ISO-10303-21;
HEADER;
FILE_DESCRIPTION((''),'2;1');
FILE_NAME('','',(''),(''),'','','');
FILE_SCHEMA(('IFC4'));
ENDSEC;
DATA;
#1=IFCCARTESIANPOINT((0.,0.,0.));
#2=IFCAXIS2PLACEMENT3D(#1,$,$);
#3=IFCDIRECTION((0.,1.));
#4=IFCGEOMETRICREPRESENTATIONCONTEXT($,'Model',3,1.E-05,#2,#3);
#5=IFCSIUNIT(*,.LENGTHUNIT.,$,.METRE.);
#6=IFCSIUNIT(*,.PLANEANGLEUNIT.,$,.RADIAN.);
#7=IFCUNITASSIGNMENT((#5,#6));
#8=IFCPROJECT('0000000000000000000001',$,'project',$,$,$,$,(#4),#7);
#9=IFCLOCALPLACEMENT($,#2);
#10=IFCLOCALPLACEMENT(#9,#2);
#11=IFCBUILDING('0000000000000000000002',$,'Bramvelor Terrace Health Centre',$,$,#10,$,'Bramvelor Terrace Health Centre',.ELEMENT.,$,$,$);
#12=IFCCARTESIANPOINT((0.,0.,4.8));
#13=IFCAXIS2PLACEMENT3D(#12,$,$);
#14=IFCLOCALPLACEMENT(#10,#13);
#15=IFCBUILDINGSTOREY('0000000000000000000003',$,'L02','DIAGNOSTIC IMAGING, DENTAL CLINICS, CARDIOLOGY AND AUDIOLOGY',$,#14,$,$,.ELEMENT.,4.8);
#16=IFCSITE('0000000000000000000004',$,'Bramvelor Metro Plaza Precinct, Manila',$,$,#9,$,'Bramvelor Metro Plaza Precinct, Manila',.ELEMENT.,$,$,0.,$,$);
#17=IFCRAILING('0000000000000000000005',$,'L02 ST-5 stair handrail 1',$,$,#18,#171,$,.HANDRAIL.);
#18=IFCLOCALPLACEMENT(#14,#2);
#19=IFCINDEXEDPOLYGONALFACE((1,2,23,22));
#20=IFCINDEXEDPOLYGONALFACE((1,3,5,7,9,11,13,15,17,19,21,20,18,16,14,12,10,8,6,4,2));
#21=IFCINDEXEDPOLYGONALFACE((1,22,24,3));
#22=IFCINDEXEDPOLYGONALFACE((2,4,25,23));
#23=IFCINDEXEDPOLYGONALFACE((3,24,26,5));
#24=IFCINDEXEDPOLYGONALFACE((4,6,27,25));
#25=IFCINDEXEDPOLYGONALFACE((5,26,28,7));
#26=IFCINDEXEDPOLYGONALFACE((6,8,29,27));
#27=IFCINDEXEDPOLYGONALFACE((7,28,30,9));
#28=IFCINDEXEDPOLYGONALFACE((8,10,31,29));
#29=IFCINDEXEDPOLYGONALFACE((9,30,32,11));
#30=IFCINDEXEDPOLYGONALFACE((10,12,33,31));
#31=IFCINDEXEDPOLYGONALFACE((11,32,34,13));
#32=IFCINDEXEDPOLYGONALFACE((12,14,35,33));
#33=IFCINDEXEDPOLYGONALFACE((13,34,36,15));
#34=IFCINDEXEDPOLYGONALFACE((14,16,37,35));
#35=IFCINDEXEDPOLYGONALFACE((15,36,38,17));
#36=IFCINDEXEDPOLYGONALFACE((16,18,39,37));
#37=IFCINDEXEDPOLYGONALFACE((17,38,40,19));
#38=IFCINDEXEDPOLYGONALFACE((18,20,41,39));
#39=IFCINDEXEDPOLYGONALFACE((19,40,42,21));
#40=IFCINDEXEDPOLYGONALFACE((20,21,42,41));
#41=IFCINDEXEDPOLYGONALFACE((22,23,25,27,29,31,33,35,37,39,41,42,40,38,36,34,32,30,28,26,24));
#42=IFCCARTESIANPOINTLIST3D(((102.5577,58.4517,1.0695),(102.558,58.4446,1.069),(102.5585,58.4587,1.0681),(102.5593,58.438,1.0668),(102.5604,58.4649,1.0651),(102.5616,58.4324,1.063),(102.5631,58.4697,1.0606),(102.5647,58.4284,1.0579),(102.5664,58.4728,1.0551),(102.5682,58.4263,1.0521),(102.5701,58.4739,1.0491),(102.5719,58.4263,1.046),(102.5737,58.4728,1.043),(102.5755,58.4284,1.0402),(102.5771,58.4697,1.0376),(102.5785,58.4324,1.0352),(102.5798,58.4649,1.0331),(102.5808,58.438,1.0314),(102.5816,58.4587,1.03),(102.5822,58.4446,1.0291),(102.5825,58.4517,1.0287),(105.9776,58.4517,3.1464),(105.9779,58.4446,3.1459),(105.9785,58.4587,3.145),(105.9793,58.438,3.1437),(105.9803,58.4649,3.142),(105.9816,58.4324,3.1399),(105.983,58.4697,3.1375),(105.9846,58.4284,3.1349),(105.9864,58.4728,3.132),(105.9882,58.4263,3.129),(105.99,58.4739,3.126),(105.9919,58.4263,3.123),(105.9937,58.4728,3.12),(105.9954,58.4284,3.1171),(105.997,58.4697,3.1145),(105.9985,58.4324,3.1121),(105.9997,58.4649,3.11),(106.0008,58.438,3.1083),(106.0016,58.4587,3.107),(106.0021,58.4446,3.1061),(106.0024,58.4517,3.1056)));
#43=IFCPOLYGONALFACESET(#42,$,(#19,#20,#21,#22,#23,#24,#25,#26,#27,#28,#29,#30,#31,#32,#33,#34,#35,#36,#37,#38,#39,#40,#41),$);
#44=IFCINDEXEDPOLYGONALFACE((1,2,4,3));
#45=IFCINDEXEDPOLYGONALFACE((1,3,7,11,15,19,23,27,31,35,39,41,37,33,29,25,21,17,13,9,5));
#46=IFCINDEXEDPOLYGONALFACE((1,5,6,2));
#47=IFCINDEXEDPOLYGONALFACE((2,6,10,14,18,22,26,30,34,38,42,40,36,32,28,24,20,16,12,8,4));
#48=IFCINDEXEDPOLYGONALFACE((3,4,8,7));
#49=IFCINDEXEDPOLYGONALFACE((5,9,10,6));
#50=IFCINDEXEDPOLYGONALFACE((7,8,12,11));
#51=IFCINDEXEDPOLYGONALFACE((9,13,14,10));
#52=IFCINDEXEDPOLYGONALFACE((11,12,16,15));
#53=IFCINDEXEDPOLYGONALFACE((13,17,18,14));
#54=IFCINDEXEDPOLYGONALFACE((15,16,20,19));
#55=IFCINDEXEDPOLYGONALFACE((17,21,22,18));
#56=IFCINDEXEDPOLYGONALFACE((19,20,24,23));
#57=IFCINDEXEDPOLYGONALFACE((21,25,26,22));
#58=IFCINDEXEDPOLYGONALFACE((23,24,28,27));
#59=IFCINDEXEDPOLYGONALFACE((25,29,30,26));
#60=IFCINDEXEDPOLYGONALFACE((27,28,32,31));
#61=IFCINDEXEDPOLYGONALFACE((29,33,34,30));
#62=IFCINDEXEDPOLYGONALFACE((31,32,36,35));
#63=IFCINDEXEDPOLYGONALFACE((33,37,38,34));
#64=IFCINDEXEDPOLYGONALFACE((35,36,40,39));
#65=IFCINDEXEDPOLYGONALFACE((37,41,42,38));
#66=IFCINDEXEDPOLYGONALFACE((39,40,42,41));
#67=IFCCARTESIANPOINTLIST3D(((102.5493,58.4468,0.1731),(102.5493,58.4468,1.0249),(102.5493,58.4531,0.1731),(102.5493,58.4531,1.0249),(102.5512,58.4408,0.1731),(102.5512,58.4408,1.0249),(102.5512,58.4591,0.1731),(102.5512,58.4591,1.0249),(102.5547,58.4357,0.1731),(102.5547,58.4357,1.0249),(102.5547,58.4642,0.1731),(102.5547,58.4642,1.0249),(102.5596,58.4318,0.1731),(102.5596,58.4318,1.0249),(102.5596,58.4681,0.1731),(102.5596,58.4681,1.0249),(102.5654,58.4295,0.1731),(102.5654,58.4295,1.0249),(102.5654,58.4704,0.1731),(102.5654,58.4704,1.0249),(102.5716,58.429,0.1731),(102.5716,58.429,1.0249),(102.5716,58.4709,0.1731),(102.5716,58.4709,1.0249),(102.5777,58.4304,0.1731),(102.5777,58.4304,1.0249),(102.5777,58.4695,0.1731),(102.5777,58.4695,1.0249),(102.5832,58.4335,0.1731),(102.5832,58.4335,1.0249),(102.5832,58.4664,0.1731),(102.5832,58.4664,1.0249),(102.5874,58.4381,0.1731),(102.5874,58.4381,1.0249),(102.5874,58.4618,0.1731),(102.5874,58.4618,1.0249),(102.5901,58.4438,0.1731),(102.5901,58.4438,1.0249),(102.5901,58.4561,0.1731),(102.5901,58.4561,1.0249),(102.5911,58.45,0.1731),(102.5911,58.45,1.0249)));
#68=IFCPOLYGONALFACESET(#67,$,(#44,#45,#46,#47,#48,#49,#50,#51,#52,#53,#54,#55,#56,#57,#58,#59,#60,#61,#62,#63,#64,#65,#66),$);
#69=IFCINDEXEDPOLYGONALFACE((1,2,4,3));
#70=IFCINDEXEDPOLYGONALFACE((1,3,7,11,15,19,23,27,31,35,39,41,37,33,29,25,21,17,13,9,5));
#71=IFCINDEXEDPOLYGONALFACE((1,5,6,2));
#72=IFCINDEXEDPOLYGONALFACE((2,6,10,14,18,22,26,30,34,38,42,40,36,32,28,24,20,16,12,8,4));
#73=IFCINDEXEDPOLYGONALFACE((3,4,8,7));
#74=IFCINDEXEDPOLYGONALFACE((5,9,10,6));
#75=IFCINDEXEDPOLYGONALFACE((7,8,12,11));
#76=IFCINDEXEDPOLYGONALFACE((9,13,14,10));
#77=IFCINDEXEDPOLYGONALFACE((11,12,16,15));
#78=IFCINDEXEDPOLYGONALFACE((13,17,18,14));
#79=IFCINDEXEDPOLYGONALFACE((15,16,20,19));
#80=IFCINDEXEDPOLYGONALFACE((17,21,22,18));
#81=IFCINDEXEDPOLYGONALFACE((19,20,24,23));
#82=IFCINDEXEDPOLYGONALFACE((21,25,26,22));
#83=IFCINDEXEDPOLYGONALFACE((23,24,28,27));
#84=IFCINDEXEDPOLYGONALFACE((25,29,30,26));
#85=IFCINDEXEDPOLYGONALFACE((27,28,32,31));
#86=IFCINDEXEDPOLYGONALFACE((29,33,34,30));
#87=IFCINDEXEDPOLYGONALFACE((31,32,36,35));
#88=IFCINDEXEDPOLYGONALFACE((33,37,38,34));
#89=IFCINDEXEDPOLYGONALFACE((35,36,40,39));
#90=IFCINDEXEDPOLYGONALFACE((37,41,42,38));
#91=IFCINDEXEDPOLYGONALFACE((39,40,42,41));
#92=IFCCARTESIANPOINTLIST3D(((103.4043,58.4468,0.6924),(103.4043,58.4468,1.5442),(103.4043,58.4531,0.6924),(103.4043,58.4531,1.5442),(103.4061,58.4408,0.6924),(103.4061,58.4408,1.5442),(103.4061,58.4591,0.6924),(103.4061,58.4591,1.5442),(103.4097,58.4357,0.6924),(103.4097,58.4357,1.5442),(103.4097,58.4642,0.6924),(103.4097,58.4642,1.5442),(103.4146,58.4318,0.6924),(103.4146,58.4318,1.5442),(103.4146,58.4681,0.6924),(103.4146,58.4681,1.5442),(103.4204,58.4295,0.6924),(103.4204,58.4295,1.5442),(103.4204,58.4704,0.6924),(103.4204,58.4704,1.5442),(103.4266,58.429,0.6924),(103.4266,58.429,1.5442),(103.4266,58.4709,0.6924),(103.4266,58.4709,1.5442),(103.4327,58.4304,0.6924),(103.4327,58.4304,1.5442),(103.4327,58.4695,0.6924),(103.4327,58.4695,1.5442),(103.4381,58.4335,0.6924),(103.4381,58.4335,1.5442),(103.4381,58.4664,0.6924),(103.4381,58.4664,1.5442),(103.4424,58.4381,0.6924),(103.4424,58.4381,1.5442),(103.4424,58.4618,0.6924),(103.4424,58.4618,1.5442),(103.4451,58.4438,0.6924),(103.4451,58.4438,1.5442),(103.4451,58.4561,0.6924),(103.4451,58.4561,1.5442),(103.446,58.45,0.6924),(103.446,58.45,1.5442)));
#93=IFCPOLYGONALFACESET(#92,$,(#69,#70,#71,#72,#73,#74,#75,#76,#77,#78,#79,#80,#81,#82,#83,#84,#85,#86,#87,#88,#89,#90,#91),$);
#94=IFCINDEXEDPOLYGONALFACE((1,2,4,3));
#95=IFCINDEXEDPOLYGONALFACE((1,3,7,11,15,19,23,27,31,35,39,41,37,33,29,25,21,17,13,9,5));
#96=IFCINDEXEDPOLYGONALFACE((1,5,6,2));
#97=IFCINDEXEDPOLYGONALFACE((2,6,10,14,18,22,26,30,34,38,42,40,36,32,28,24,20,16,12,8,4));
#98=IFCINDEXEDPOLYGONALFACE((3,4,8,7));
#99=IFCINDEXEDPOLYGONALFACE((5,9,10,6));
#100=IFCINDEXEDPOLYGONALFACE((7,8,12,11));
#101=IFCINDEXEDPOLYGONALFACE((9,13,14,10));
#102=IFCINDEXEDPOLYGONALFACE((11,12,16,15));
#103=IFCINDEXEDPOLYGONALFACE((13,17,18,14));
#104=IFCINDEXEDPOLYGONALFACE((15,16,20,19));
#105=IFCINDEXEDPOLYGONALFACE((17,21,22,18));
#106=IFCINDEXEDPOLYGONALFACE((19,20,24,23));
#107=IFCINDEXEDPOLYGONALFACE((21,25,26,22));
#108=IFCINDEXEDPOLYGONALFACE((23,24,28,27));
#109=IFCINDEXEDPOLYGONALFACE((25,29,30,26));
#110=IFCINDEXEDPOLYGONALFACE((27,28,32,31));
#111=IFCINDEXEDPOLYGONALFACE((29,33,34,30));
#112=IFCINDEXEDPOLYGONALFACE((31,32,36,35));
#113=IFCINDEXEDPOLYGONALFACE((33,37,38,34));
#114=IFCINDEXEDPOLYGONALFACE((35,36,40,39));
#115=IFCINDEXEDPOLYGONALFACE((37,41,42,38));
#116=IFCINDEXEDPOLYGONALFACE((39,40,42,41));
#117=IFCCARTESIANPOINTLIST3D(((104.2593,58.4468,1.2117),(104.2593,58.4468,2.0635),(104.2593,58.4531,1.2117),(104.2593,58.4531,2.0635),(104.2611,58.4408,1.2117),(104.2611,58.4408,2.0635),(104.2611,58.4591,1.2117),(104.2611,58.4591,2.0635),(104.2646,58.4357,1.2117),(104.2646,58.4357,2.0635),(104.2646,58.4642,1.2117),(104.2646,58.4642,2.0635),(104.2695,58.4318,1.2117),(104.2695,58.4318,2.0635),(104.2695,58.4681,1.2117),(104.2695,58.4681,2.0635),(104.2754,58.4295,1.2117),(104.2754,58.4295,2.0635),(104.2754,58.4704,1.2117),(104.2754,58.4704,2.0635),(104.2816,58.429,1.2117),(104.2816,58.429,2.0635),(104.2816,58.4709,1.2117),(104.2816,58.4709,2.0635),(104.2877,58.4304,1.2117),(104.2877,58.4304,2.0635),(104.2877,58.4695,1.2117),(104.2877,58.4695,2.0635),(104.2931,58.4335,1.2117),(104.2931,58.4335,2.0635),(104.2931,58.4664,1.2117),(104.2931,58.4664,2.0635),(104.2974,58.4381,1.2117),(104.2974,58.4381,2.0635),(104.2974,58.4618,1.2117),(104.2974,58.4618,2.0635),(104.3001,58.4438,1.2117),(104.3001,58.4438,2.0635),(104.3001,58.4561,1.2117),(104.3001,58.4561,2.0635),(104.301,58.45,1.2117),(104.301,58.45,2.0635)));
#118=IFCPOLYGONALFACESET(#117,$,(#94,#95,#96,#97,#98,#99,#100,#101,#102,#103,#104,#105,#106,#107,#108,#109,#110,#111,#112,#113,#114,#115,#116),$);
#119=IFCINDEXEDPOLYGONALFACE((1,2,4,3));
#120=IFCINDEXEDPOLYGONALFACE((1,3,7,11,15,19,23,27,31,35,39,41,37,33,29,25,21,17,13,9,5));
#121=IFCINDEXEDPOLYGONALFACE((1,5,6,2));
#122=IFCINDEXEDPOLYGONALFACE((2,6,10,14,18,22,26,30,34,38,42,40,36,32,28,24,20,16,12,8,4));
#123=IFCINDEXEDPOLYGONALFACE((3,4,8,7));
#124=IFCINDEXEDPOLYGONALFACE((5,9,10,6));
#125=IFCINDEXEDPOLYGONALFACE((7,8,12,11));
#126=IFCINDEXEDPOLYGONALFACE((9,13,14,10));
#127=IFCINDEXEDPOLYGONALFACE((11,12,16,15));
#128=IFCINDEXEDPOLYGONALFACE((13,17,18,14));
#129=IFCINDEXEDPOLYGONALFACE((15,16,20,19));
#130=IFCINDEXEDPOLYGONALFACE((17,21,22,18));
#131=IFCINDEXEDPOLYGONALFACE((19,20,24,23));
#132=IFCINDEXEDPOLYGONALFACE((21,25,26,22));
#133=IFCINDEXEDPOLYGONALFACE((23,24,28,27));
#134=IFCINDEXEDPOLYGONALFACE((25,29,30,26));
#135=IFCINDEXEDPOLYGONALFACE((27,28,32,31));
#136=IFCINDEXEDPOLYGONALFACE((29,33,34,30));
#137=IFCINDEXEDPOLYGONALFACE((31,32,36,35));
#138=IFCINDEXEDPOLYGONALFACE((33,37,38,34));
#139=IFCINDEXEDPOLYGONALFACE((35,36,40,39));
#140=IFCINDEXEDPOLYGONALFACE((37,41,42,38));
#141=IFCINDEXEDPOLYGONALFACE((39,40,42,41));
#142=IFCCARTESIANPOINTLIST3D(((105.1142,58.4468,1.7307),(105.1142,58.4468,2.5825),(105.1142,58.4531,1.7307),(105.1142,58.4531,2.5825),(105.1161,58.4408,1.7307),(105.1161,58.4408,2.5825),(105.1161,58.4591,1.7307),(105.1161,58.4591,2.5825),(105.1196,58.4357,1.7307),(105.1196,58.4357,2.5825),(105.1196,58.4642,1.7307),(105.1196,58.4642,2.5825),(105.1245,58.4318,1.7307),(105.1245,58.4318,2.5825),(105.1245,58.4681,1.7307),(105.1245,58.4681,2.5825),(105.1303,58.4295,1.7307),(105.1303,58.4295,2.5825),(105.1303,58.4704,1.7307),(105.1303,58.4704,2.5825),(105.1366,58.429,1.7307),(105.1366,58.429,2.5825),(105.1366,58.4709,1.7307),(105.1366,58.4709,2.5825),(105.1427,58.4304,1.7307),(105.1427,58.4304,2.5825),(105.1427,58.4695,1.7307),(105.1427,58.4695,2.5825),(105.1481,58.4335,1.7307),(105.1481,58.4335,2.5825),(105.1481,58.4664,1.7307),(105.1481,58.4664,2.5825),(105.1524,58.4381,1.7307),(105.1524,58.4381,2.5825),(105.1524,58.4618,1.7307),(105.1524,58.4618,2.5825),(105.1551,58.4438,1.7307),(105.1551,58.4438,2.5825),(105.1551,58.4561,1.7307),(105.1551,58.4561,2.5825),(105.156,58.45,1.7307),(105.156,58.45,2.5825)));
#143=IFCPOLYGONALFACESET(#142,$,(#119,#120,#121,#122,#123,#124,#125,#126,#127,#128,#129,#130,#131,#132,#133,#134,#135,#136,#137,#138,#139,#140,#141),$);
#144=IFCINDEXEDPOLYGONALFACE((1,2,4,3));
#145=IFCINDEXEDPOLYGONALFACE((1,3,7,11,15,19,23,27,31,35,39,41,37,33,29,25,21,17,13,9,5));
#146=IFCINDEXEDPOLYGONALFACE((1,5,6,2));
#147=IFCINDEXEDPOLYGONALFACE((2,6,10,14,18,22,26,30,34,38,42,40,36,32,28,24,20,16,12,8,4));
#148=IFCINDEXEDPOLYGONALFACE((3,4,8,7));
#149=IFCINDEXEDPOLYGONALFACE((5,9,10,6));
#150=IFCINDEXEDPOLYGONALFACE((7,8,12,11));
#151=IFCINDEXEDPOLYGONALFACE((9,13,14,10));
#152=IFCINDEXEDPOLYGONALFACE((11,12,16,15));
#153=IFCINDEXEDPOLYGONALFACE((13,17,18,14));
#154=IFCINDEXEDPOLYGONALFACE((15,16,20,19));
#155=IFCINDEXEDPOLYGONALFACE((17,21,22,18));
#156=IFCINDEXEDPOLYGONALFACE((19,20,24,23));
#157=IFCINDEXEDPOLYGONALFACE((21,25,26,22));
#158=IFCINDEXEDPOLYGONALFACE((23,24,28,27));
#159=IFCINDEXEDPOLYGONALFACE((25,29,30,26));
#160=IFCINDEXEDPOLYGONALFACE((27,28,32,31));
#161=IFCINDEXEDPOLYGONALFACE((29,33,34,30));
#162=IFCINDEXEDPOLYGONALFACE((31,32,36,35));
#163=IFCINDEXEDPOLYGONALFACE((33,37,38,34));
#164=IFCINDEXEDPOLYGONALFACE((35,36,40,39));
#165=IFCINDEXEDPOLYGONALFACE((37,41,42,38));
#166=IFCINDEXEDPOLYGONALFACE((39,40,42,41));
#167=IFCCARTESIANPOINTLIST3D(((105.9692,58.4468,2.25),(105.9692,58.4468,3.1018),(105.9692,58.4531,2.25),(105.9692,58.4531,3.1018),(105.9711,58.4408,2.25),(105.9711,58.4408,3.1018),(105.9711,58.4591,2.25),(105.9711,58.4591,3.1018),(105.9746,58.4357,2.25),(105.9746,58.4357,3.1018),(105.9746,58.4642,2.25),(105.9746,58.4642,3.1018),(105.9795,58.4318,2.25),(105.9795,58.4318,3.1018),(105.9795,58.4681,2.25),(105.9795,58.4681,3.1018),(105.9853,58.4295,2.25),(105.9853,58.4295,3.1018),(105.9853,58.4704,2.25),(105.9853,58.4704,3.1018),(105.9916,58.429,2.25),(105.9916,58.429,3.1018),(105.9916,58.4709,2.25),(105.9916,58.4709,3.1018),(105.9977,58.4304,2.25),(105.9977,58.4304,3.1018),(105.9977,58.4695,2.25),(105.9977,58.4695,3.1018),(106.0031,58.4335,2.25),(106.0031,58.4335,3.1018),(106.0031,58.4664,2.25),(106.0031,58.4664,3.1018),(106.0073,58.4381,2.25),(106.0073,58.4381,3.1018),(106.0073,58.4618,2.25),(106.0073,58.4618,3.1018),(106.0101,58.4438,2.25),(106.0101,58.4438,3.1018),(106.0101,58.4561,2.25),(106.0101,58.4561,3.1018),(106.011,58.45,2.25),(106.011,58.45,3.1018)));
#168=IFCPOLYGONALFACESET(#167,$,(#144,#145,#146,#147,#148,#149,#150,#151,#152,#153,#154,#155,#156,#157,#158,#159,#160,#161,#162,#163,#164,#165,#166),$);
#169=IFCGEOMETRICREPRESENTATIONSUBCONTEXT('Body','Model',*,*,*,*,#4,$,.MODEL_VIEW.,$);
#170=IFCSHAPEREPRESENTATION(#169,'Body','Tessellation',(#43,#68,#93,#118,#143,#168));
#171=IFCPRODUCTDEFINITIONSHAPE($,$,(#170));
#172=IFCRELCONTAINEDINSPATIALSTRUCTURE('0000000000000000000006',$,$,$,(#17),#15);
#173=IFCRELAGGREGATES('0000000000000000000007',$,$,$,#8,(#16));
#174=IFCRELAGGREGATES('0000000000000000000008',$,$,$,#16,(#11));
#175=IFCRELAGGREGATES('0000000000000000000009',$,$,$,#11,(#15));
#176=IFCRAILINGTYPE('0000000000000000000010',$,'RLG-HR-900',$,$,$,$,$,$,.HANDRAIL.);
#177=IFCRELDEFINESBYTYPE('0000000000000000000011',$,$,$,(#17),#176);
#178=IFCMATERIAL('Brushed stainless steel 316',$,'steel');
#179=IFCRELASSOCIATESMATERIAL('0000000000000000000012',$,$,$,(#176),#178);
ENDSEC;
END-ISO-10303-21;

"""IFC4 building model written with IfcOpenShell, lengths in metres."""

from ifc_helpers import new_model, si_unit, direction, frame, origin, origin_2d, place, context, subcontext, project, spatial, circle, extrude, material, type_object, element, save


model = new_model("IFC4")

# Units and contexts
model_context = context("Model", 3, precision=1e-05, world=origin(), true_north=direction((0.0, 1.0)))
body_context = subcontext(model_context, "Body", "Model", "MODEL_VIEW")
ifc_project = project(units=[si_unit("LENGTHUNIT", "METRE"), si_unit("PLANEANGLEUNIT", "RADIAN")], contexts=[model_context])

# Site, building, storey
site_placement = place(None, origin())
site = spatial("IfcSite", under=ifc_project, at=site_placement, Name="Bramvelor Metro Plaza Precinct, Manila", LongName="Bramvelor Metro Plaza Precinct, Manila", CompositionType="ELEMENT", RefElevation=0.0)
building_placement = place(site_placement, origin())
building = spatial("IfcBuilding", under=site, at=building_placement, Name="Bramvelor Terrace Health Centre", LongName="Bramvelor Terrace Health Centre", CompositionType="ELEMENT")
storey_placement = place(building_placement, frame((0.0, 0.0, 4.8)))
storey = spatial("IfcBuildingStorey", under=building, at=storey_placement, Name="L02", Description="DIAGNOSTIC IMAGING, DENTAL CLINICS, CARDIOLOGY AND AUDIOLOGY", CompositionType="ELEMENT", Elevation=4.8)

# Railing
ifc_material_1 = material(Name="Brushed stainless steel 316", Category="steel")
railing_type_1 = type_object("IfcRailingType", Name="RLG-HR-900", PredefinedType="HANDRAIL", material=ifc_material_1)
railing_1_placement = place(storey_placement, frame((102.5701, 58.45, 0.1731)))
element("IfcRailing", 1, at=railing_1_placement, inside=storey, type_object=railing_type_1, Name="L02 ST-5 stair handrail 1", PredefinedType="HANDRAIL", context=body_context, shape_type="SweptSolid", body=[
    extrude(circle(Radius=0.0239, at=origin_2d()), frame((0.0, 0.0, 0.876), z_axis=(0.85473, 0.0, 0.519074), x_axis=(0.0, 1.0, 0.0)), (0.0, 0.0, 1.0), 4.0012),
    extrude(circle(Radius=0.021, at=origin_2d()), origin(), (0.0, 0.0, 1.0), 0.8518),
    extrude(circle(Radius=0.021, at=origin_2d()), frame((0.855, 0.0, 0.5193)), (0.0, 0.0, 1.0), 0.8518),
    extrude(circle(Radius=0.021, at=origin_2d()), frame((1.71, 0.0, 1.0386)), (0.0, 0.0, 1.0), 0.8518),
    extrude(circle(Radius=0.021, at=origin_2d()), frame((2.5649, 0.0, 1.5576)), (0.0, 0.0, 1.0), 0.8518),
    extrude(circle(Radius=0.021, at=origin_2d()), frame((3.4199, 0.0, 2.0769)), (0.0, 0.0, 1.0), 0.8518),
])

save(model, "model.ifc")
